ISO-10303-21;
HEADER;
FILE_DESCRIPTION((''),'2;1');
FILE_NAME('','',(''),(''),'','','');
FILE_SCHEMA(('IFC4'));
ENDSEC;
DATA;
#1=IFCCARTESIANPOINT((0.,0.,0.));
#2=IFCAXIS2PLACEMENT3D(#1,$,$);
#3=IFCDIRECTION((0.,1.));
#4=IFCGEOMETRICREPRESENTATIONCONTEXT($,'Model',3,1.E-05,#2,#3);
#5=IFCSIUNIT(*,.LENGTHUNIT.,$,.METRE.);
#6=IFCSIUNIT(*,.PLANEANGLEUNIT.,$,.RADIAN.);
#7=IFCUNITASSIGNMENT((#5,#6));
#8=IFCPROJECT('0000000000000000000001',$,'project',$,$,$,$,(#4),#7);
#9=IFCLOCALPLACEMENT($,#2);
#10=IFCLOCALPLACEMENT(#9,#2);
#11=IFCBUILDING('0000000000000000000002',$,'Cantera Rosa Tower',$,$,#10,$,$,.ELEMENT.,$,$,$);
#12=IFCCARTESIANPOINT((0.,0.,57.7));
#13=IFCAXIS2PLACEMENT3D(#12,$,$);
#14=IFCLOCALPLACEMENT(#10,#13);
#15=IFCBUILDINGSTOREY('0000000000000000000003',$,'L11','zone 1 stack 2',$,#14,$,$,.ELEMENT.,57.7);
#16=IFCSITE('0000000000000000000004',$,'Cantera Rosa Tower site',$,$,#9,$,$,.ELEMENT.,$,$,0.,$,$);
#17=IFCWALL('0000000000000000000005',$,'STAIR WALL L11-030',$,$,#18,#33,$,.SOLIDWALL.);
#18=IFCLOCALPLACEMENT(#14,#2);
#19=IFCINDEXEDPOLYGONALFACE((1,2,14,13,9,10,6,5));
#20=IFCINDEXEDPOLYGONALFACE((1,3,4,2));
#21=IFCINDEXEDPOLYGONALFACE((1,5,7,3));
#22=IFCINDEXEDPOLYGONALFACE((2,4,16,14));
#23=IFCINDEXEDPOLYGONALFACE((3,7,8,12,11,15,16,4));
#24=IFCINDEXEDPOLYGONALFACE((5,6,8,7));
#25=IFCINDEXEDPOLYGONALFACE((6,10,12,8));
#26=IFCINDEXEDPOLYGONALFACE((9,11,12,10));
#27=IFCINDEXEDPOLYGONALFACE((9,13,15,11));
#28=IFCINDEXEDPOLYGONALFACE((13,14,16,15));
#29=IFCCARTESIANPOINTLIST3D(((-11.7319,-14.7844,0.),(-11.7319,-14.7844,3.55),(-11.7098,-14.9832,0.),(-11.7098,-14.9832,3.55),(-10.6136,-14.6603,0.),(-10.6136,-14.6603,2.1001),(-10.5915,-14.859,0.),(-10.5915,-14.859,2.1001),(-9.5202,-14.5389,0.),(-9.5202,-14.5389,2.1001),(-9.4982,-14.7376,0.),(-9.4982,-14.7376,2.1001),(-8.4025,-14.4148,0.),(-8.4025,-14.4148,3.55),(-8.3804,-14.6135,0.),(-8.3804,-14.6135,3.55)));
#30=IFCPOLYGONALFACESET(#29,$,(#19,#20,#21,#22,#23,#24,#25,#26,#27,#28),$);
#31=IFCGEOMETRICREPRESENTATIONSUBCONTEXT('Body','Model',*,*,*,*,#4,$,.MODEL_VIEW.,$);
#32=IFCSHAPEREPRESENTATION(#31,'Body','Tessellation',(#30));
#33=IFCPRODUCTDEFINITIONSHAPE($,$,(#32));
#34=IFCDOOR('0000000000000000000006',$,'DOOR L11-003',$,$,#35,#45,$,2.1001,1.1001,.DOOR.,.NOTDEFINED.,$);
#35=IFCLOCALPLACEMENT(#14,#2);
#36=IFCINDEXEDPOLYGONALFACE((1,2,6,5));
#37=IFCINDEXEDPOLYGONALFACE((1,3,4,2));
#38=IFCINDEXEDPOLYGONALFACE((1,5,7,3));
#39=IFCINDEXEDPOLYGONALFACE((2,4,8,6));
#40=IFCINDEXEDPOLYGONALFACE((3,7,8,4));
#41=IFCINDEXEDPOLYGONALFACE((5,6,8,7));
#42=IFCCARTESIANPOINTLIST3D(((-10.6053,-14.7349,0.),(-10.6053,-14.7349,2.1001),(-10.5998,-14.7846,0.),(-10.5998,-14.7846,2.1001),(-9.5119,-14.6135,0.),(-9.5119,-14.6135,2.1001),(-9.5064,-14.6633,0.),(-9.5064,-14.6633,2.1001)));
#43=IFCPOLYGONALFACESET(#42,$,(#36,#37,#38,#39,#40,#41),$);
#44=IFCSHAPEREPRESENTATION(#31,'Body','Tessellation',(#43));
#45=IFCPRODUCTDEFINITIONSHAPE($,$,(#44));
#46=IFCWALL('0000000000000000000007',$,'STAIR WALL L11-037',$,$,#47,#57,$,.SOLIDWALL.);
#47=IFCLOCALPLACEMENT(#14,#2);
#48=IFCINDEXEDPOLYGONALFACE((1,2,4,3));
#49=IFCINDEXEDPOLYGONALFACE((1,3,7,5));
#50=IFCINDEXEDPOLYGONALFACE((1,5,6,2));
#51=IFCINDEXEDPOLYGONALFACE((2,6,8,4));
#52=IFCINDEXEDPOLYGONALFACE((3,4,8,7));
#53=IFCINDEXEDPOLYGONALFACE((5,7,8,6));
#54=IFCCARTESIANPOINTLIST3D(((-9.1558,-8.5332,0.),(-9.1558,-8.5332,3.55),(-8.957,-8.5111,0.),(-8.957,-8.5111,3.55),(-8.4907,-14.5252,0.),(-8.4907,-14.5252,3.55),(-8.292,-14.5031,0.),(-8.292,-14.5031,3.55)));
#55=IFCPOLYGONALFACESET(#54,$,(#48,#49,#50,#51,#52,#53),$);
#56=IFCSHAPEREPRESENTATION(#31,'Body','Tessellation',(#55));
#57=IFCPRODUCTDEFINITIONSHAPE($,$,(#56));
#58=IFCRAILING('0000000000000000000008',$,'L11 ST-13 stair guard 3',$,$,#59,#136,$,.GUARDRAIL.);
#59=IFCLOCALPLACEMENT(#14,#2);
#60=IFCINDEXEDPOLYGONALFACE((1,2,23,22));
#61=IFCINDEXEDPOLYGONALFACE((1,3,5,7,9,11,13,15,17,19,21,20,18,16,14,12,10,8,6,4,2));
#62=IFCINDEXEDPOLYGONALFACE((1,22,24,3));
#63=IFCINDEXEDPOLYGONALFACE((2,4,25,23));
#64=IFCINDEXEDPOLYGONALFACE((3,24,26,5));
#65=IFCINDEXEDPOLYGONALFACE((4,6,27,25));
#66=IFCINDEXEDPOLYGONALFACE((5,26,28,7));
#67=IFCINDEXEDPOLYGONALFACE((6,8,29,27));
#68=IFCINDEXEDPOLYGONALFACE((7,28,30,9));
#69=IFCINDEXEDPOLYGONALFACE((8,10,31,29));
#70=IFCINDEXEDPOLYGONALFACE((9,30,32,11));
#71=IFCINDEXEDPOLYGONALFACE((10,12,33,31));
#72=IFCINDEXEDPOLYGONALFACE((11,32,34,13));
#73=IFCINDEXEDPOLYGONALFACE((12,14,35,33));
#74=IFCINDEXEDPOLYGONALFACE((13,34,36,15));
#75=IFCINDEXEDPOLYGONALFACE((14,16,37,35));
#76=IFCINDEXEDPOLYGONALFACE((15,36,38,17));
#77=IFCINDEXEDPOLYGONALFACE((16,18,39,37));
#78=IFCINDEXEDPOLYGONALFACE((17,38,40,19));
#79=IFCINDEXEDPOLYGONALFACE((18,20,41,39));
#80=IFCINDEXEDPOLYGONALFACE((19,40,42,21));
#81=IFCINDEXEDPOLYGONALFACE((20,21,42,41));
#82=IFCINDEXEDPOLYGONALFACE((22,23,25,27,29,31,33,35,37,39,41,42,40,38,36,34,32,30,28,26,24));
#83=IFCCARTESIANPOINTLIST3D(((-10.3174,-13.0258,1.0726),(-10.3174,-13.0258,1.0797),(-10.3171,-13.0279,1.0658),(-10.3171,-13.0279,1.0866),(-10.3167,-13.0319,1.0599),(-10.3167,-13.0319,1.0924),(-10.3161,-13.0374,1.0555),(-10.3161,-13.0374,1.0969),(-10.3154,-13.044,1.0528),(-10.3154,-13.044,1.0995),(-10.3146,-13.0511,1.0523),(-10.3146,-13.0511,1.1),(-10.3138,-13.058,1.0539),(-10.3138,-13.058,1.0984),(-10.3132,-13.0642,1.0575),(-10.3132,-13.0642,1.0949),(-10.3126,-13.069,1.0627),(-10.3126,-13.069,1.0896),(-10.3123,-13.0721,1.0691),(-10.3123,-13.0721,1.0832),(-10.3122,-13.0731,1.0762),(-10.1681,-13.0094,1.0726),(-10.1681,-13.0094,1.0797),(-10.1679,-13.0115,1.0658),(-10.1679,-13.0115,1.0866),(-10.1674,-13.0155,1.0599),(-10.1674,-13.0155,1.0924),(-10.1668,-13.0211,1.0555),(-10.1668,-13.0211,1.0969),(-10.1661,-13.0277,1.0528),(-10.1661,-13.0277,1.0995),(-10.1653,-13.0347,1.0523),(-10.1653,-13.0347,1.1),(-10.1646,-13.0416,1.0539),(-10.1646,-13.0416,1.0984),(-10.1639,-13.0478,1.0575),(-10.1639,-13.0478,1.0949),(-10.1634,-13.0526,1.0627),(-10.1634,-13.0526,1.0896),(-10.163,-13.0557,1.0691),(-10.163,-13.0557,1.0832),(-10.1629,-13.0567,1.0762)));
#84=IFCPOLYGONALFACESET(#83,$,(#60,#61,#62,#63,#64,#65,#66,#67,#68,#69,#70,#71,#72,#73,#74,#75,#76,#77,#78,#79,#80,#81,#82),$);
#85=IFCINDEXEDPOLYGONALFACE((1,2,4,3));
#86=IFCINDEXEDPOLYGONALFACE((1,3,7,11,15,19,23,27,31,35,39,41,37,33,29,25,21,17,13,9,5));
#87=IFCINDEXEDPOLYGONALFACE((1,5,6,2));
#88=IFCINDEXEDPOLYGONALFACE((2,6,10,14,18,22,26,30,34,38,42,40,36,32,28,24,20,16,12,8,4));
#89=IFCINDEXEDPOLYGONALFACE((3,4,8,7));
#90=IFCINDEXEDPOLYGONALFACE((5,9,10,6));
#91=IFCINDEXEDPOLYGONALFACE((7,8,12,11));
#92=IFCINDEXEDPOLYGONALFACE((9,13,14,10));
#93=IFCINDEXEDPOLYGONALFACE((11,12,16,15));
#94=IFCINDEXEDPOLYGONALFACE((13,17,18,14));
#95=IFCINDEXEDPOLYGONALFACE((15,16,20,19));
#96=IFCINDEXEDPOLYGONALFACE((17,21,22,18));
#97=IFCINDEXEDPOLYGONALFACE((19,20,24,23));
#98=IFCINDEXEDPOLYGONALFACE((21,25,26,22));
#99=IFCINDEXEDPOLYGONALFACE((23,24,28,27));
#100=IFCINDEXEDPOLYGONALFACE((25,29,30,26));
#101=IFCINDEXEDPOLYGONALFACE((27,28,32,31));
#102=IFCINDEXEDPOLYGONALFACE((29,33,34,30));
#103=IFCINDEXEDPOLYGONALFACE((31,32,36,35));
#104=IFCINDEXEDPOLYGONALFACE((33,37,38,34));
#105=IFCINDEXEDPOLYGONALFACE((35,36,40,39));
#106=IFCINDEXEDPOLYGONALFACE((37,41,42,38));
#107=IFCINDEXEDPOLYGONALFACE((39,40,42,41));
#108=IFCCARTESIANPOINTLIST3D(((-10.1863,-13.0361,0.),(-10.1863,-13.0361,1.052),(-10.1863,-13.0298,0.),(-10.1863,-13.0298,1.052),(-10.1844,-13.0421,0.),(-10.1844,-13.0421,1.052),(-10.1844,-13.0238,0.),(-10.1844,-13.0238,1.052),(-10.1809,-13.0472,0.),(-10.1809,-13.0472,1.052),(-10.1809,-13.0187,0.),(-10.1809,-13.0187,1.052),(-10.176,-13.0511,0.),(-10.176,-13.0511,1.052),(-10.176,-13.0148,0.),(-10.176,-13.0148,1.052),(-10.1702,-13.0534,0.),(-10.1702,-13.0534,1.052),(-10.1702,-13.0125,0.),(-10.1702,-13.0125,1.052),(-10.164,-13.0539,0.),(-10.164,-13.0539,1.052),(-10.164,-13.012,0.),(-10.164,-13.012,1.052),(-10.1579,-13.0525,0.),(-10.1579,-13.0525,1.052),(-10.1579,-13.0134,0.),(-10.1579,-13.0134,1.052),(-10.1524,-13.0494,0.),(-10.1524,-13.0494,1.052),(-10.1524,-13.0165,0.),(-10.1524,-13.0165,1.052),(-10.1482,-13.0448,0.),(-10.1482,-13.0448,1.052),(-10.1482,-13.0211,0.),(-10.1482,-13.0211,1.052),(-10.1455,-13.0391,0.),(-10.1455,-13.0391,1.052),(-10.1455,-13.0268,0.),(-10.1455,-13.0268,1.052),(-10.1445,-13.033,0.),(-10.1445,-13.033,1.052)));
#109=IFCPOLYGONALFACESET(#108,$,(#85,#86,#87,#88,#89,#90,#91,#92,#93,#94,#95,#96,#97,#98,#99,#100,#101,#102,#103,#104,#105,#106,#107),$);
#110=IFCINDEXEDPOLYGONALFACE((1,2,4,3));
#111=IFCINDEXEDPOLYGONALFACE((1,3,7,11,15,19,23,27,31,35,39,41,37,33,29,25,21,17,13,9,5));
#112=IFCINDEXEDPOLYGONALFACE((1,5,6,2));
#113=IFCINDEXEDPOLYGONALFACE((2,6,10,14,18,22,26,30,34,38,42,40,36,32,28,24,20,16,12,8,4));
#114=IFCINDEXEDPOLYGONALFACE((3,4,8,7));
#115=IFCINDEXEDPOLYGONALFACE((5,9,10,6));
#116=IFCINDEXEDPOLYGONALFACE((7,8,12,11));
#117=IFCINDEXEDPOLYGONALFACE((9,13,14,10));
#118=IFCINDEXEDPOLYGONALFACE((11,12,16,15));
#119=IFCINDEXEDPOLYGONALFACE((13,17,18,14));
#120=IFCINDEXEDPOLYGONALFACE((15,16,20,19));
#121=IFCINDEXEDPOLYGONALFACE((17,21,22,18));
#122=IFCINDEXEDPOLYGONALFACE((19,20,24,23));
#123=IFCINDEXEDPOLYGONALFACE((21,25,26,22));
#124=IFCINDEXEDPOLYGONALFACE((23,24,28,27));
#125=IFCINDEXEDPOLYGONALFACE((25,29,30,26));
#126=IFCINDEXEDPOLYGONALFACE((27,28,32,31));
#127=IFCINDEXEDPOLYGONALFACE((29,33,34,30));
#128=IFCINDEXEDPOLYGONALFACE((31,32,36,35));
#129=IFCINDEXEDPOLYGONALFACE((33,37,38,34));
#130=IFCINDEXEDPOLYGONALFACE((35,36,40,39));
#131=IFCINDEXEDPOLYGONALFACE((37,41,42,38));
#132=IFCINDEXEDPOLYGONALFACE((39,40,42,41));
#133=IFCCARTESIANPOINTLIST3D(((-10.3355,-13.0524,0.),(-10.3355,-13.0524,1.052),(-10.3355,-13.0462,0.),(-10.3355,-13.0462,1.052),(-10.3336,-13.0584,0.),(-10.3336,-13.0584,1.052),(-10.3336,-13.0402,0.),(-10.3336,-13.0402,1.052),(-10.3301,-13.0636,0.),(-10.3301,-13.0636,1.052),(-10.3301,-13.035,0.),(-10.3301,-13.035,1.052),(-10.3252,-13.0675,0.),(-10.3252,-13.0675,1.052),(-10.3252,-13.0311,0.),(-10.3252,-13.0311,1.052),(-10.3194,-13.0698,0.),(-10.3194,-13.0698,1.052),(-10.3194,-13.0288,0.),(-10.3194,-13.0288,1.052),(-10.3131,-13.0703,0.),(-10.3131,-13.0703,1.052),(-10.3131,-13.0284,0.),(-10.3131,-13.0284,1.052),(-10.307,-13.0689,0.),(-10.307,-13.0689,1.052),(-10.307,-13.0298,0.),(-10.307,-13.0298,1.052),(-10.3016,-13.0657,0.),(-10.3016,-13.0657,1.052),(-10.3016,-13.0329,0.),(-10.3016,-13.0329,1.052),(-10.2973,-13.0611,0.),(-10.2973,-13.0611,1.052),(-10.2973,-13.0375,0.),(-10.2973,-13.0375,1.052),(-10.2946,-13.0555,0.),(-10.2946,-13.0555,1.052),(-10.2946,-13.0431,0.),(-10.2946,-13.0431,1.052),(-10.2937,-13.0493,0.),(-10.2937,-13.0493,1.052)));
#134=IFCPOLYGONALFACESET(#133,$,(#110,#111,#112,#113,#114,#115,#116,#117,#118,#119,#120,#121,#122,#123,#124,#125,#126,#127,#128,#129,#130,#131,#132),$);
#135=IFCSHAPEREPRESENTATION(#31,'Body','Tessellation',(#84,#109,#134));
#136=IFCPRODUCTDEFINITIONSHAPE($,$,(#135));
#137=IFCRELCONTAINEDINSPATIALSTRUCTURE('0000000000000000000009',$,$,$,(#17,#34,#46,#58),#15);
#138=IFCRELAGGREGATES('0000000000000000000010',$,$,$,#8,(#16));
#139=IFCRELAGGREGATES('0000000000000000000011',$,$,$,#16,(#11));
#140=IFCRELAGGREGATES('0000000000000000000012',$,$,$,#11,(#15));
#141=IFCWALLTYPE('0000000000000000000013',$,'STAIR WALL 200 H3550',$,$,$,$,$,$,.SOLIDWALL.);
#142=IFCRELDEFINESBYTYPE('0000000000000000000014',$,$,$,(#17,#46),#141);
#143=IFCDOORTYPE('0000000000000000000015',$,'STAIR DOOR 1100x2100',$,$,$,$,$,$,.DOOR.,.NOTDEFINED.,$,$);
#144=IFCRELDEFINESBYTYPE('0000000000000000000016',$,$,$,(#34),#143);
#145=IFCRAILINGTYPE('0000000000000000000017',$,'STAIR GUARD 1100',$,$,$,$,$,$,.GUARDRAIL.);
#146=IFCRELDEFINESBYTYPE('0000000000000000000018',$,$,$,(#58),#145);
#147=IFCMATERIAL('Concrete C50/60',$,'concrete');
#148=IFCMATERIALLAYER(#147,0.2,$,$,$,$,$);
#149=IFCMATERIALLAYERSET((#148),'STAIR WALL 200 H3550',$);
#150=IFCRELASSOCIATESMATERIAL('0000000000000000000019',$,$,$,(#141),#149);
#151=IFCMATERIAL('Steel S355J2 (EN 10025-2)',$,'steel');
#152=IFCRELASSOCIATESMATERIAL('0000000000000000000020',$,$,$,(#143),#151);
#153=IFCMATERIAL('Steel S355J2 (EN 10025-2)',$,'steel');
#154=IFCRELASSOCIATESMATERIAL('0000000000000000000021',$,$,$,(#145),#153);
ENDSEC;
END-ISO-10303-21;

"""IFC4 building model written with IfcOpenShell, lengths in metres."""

from ifc_helpers import new_model, si_unit, direction, frame, frame_2d, origin, origin_2d, place, context, subcontext, project, spatial, rectangle, circle, extrude, material, layer, layer_set, type_object, element, fill, save


model = new_model("IFC4")

# Units and contexts
model_context = context("Model", 3, precision=1e-05, world=origin(), true_north=direction((0.0, 1.0)))
body_context = subcontext(model_context, "Body", "Model", "MODEL_VIEW")
ifc_project = project(units=[si_unit("LENGTHUNIT", "METRE"), si_unit("PLANEANGLEUNIT", "RADIAN")], contexts=[model_context])

# Site, building, storey
site_placement = place(None, origin())
site = spatial("IfcSite", under=ifc_project, at=site_placement, Name="Cantera Rosa Tower site", CompositionType="ELEMENT", RefElevation=0.0)
building_placement = place(site_placement, origin())
building = spatial("IfcBuilding", under=site, at=building_placement, Name="Cantera Rosa Tower", CompositionType="ELEMENT")
storey_placement = place(building_placement, frame((0.0, 0.0, 57.7)))
storey = spatial("IfcBuildingStorey", under=building, at=storey_placement, Name="L11", Description="zone 1 stack 2", CompositionType="ELEMENT", Elevation=57.7)

# Wall, opening, door
ifc_material_1 = material(Name="Concrete C50/60", Category="concrete")
ifc_layer_1 = layer(ifc_material_1, 0.2)
ifc_layer_set_1 = layer_set([ifc_layer_1], Name="STAIR WALL 200 H3550")
wall_type_1 = type_object("IfcWallType", Name="STAIR WALL 200 H3550", PredefinedType="SOLIDWALL", material=ifc_layer_set_1)
wall_1_placement = place(storey_placement, frame((-11.7207, -14.8838, 0.0), z_axis=(0.0, 0.0, 1.0), x_axis=(0.993894, 0.110344, 0.0)))
wall_1 = element("IfcWall", 1, at=wall_1_placement, inside=storey, type_object=wall_type_1, Name="STAIR WALL L11-030", PredefinedType="SOLIDWALL", context=body_context, shape_type="SweptSolid", body=[
    extrude(rectangle(XDim=3.3499, YDim=0.2, at=frame_2d((1.6748, 0.0))), origin(), (0.0, 0.0, 1.0), 3.55),
])
opening_1_placement = place(wall_1_placement, frame((1.125, 0.0, 0.0)))
opening_1 = element("IfcOpeningElement", 2, at=opening_1_placement, cuts=wall_1, PredefinedType="OPENING", context=body_context, shape_type="SweptSolid", body=[
    extrude(rectangle(XDim=1.1001, YDim=2.1001, at=frame_2d((0.55, 1.05))), frame((0.0, 0.1099, 0.0), z_axis=(0.0, -1.0, 0.0), x_axis=(1.0, 0.0, 0.0)), (0.0, 0.0, 1.0), 0.22),
])
ifc_material_2 = material(Name="Steel S355J2 (EN 10025-2)", Category="steel")
door_type_1 = type_object("IfcDoorType", Name="STAIR DOOR 1100x2100", OperationType="NOTDEFINED", PredefinedType="DOOR", material=ifc_material_2)
door_1_placement = place(opening_1_placement, origin())
door_1 = element("IfcDoor", 3, at=door_1_placement, inside=storey, type_object=door_type_1, Name="DOOR L11-003", OperationType="NOTDEFINED", OverallHeight=2.1001, OverallWidth=1.1001, PredefinedType="DOOR", context=body_context, shape_type="SweptSolid", body=[
    extrude(rectangle(XDim=1.1001, YDim=2.1001, at=frame_2d((0.55, 1.05))), frame((0.0, 0.0249, 0.0), z_axis=(0.0, -1.0, 0.0), x_axis=(1.0, 0.0, 0.0)), (0.0, 0.0, 1.0), 0.05),
])
fill(opening_1, door_1)

# Wall
wall_2_placement = place(storey_placement, frame((-8.3914, -14.5142, 0.0), z_axis=(0.0, 0.0, 1.0), x_axis=(-0.110312, 0.993897, 0.0)))
element("IfcWall", 4, at=wall_2_placement, inside=storey, type_object=wall_type_1, Name="STAIR WALL L11-037", PredefinedType="SOLIDWALL", context=body_context, shape_type="SweptSolid", body=[
    extrude(rectangle(XDim=6.0288, YDim=0.2, at=frame_2d((3.0144, 0.0))), origin(), (0.0, 0.0, 1.0), 3.55),
])

# Railing
ifc_material_3 = material(Name="Steel S355J2 (EN 10025-2)", Category="steel")
railing_type = type_object("IfcRailingType", Name="STAIR GUARD 1100", PredefinedType="GUARDRAIL", material=ifc_material_3)
railing_1_placement = place(storey_placement, frame((-10.1655, -13.033, 0.0)))
element("IfcRailing", 5, at=railing_1_placement, inside=storey, type_object=railing_type, Name="L11 ST-13 stair guard 3", PredefinedType="GUARDRAIL", context=body_context, shape_type="SweptSolid", body=[
    extrude(circle(Radius=0.0239, at=origin_2d()), frame((0.0, 0.0, 1.0762), z_axis=(-0.994041, -0.109003, 0.0), x_axis=(0.109003, -0.994041, 0.0)), (0.0, 0.0, 1.0), 0.1501),
    extrude(circle(Radius=0.021, at=origin_2d()), origin(), (0.0, 0.0, 1.0), 1.052),
    extrude(circle(Radius=0.021, at=origin_2d()), frame((-0.1492, -0.0164, 0.0)), (0.0, 0.0, 1.0), 1.052),
])

save(model, "model.ifc")
